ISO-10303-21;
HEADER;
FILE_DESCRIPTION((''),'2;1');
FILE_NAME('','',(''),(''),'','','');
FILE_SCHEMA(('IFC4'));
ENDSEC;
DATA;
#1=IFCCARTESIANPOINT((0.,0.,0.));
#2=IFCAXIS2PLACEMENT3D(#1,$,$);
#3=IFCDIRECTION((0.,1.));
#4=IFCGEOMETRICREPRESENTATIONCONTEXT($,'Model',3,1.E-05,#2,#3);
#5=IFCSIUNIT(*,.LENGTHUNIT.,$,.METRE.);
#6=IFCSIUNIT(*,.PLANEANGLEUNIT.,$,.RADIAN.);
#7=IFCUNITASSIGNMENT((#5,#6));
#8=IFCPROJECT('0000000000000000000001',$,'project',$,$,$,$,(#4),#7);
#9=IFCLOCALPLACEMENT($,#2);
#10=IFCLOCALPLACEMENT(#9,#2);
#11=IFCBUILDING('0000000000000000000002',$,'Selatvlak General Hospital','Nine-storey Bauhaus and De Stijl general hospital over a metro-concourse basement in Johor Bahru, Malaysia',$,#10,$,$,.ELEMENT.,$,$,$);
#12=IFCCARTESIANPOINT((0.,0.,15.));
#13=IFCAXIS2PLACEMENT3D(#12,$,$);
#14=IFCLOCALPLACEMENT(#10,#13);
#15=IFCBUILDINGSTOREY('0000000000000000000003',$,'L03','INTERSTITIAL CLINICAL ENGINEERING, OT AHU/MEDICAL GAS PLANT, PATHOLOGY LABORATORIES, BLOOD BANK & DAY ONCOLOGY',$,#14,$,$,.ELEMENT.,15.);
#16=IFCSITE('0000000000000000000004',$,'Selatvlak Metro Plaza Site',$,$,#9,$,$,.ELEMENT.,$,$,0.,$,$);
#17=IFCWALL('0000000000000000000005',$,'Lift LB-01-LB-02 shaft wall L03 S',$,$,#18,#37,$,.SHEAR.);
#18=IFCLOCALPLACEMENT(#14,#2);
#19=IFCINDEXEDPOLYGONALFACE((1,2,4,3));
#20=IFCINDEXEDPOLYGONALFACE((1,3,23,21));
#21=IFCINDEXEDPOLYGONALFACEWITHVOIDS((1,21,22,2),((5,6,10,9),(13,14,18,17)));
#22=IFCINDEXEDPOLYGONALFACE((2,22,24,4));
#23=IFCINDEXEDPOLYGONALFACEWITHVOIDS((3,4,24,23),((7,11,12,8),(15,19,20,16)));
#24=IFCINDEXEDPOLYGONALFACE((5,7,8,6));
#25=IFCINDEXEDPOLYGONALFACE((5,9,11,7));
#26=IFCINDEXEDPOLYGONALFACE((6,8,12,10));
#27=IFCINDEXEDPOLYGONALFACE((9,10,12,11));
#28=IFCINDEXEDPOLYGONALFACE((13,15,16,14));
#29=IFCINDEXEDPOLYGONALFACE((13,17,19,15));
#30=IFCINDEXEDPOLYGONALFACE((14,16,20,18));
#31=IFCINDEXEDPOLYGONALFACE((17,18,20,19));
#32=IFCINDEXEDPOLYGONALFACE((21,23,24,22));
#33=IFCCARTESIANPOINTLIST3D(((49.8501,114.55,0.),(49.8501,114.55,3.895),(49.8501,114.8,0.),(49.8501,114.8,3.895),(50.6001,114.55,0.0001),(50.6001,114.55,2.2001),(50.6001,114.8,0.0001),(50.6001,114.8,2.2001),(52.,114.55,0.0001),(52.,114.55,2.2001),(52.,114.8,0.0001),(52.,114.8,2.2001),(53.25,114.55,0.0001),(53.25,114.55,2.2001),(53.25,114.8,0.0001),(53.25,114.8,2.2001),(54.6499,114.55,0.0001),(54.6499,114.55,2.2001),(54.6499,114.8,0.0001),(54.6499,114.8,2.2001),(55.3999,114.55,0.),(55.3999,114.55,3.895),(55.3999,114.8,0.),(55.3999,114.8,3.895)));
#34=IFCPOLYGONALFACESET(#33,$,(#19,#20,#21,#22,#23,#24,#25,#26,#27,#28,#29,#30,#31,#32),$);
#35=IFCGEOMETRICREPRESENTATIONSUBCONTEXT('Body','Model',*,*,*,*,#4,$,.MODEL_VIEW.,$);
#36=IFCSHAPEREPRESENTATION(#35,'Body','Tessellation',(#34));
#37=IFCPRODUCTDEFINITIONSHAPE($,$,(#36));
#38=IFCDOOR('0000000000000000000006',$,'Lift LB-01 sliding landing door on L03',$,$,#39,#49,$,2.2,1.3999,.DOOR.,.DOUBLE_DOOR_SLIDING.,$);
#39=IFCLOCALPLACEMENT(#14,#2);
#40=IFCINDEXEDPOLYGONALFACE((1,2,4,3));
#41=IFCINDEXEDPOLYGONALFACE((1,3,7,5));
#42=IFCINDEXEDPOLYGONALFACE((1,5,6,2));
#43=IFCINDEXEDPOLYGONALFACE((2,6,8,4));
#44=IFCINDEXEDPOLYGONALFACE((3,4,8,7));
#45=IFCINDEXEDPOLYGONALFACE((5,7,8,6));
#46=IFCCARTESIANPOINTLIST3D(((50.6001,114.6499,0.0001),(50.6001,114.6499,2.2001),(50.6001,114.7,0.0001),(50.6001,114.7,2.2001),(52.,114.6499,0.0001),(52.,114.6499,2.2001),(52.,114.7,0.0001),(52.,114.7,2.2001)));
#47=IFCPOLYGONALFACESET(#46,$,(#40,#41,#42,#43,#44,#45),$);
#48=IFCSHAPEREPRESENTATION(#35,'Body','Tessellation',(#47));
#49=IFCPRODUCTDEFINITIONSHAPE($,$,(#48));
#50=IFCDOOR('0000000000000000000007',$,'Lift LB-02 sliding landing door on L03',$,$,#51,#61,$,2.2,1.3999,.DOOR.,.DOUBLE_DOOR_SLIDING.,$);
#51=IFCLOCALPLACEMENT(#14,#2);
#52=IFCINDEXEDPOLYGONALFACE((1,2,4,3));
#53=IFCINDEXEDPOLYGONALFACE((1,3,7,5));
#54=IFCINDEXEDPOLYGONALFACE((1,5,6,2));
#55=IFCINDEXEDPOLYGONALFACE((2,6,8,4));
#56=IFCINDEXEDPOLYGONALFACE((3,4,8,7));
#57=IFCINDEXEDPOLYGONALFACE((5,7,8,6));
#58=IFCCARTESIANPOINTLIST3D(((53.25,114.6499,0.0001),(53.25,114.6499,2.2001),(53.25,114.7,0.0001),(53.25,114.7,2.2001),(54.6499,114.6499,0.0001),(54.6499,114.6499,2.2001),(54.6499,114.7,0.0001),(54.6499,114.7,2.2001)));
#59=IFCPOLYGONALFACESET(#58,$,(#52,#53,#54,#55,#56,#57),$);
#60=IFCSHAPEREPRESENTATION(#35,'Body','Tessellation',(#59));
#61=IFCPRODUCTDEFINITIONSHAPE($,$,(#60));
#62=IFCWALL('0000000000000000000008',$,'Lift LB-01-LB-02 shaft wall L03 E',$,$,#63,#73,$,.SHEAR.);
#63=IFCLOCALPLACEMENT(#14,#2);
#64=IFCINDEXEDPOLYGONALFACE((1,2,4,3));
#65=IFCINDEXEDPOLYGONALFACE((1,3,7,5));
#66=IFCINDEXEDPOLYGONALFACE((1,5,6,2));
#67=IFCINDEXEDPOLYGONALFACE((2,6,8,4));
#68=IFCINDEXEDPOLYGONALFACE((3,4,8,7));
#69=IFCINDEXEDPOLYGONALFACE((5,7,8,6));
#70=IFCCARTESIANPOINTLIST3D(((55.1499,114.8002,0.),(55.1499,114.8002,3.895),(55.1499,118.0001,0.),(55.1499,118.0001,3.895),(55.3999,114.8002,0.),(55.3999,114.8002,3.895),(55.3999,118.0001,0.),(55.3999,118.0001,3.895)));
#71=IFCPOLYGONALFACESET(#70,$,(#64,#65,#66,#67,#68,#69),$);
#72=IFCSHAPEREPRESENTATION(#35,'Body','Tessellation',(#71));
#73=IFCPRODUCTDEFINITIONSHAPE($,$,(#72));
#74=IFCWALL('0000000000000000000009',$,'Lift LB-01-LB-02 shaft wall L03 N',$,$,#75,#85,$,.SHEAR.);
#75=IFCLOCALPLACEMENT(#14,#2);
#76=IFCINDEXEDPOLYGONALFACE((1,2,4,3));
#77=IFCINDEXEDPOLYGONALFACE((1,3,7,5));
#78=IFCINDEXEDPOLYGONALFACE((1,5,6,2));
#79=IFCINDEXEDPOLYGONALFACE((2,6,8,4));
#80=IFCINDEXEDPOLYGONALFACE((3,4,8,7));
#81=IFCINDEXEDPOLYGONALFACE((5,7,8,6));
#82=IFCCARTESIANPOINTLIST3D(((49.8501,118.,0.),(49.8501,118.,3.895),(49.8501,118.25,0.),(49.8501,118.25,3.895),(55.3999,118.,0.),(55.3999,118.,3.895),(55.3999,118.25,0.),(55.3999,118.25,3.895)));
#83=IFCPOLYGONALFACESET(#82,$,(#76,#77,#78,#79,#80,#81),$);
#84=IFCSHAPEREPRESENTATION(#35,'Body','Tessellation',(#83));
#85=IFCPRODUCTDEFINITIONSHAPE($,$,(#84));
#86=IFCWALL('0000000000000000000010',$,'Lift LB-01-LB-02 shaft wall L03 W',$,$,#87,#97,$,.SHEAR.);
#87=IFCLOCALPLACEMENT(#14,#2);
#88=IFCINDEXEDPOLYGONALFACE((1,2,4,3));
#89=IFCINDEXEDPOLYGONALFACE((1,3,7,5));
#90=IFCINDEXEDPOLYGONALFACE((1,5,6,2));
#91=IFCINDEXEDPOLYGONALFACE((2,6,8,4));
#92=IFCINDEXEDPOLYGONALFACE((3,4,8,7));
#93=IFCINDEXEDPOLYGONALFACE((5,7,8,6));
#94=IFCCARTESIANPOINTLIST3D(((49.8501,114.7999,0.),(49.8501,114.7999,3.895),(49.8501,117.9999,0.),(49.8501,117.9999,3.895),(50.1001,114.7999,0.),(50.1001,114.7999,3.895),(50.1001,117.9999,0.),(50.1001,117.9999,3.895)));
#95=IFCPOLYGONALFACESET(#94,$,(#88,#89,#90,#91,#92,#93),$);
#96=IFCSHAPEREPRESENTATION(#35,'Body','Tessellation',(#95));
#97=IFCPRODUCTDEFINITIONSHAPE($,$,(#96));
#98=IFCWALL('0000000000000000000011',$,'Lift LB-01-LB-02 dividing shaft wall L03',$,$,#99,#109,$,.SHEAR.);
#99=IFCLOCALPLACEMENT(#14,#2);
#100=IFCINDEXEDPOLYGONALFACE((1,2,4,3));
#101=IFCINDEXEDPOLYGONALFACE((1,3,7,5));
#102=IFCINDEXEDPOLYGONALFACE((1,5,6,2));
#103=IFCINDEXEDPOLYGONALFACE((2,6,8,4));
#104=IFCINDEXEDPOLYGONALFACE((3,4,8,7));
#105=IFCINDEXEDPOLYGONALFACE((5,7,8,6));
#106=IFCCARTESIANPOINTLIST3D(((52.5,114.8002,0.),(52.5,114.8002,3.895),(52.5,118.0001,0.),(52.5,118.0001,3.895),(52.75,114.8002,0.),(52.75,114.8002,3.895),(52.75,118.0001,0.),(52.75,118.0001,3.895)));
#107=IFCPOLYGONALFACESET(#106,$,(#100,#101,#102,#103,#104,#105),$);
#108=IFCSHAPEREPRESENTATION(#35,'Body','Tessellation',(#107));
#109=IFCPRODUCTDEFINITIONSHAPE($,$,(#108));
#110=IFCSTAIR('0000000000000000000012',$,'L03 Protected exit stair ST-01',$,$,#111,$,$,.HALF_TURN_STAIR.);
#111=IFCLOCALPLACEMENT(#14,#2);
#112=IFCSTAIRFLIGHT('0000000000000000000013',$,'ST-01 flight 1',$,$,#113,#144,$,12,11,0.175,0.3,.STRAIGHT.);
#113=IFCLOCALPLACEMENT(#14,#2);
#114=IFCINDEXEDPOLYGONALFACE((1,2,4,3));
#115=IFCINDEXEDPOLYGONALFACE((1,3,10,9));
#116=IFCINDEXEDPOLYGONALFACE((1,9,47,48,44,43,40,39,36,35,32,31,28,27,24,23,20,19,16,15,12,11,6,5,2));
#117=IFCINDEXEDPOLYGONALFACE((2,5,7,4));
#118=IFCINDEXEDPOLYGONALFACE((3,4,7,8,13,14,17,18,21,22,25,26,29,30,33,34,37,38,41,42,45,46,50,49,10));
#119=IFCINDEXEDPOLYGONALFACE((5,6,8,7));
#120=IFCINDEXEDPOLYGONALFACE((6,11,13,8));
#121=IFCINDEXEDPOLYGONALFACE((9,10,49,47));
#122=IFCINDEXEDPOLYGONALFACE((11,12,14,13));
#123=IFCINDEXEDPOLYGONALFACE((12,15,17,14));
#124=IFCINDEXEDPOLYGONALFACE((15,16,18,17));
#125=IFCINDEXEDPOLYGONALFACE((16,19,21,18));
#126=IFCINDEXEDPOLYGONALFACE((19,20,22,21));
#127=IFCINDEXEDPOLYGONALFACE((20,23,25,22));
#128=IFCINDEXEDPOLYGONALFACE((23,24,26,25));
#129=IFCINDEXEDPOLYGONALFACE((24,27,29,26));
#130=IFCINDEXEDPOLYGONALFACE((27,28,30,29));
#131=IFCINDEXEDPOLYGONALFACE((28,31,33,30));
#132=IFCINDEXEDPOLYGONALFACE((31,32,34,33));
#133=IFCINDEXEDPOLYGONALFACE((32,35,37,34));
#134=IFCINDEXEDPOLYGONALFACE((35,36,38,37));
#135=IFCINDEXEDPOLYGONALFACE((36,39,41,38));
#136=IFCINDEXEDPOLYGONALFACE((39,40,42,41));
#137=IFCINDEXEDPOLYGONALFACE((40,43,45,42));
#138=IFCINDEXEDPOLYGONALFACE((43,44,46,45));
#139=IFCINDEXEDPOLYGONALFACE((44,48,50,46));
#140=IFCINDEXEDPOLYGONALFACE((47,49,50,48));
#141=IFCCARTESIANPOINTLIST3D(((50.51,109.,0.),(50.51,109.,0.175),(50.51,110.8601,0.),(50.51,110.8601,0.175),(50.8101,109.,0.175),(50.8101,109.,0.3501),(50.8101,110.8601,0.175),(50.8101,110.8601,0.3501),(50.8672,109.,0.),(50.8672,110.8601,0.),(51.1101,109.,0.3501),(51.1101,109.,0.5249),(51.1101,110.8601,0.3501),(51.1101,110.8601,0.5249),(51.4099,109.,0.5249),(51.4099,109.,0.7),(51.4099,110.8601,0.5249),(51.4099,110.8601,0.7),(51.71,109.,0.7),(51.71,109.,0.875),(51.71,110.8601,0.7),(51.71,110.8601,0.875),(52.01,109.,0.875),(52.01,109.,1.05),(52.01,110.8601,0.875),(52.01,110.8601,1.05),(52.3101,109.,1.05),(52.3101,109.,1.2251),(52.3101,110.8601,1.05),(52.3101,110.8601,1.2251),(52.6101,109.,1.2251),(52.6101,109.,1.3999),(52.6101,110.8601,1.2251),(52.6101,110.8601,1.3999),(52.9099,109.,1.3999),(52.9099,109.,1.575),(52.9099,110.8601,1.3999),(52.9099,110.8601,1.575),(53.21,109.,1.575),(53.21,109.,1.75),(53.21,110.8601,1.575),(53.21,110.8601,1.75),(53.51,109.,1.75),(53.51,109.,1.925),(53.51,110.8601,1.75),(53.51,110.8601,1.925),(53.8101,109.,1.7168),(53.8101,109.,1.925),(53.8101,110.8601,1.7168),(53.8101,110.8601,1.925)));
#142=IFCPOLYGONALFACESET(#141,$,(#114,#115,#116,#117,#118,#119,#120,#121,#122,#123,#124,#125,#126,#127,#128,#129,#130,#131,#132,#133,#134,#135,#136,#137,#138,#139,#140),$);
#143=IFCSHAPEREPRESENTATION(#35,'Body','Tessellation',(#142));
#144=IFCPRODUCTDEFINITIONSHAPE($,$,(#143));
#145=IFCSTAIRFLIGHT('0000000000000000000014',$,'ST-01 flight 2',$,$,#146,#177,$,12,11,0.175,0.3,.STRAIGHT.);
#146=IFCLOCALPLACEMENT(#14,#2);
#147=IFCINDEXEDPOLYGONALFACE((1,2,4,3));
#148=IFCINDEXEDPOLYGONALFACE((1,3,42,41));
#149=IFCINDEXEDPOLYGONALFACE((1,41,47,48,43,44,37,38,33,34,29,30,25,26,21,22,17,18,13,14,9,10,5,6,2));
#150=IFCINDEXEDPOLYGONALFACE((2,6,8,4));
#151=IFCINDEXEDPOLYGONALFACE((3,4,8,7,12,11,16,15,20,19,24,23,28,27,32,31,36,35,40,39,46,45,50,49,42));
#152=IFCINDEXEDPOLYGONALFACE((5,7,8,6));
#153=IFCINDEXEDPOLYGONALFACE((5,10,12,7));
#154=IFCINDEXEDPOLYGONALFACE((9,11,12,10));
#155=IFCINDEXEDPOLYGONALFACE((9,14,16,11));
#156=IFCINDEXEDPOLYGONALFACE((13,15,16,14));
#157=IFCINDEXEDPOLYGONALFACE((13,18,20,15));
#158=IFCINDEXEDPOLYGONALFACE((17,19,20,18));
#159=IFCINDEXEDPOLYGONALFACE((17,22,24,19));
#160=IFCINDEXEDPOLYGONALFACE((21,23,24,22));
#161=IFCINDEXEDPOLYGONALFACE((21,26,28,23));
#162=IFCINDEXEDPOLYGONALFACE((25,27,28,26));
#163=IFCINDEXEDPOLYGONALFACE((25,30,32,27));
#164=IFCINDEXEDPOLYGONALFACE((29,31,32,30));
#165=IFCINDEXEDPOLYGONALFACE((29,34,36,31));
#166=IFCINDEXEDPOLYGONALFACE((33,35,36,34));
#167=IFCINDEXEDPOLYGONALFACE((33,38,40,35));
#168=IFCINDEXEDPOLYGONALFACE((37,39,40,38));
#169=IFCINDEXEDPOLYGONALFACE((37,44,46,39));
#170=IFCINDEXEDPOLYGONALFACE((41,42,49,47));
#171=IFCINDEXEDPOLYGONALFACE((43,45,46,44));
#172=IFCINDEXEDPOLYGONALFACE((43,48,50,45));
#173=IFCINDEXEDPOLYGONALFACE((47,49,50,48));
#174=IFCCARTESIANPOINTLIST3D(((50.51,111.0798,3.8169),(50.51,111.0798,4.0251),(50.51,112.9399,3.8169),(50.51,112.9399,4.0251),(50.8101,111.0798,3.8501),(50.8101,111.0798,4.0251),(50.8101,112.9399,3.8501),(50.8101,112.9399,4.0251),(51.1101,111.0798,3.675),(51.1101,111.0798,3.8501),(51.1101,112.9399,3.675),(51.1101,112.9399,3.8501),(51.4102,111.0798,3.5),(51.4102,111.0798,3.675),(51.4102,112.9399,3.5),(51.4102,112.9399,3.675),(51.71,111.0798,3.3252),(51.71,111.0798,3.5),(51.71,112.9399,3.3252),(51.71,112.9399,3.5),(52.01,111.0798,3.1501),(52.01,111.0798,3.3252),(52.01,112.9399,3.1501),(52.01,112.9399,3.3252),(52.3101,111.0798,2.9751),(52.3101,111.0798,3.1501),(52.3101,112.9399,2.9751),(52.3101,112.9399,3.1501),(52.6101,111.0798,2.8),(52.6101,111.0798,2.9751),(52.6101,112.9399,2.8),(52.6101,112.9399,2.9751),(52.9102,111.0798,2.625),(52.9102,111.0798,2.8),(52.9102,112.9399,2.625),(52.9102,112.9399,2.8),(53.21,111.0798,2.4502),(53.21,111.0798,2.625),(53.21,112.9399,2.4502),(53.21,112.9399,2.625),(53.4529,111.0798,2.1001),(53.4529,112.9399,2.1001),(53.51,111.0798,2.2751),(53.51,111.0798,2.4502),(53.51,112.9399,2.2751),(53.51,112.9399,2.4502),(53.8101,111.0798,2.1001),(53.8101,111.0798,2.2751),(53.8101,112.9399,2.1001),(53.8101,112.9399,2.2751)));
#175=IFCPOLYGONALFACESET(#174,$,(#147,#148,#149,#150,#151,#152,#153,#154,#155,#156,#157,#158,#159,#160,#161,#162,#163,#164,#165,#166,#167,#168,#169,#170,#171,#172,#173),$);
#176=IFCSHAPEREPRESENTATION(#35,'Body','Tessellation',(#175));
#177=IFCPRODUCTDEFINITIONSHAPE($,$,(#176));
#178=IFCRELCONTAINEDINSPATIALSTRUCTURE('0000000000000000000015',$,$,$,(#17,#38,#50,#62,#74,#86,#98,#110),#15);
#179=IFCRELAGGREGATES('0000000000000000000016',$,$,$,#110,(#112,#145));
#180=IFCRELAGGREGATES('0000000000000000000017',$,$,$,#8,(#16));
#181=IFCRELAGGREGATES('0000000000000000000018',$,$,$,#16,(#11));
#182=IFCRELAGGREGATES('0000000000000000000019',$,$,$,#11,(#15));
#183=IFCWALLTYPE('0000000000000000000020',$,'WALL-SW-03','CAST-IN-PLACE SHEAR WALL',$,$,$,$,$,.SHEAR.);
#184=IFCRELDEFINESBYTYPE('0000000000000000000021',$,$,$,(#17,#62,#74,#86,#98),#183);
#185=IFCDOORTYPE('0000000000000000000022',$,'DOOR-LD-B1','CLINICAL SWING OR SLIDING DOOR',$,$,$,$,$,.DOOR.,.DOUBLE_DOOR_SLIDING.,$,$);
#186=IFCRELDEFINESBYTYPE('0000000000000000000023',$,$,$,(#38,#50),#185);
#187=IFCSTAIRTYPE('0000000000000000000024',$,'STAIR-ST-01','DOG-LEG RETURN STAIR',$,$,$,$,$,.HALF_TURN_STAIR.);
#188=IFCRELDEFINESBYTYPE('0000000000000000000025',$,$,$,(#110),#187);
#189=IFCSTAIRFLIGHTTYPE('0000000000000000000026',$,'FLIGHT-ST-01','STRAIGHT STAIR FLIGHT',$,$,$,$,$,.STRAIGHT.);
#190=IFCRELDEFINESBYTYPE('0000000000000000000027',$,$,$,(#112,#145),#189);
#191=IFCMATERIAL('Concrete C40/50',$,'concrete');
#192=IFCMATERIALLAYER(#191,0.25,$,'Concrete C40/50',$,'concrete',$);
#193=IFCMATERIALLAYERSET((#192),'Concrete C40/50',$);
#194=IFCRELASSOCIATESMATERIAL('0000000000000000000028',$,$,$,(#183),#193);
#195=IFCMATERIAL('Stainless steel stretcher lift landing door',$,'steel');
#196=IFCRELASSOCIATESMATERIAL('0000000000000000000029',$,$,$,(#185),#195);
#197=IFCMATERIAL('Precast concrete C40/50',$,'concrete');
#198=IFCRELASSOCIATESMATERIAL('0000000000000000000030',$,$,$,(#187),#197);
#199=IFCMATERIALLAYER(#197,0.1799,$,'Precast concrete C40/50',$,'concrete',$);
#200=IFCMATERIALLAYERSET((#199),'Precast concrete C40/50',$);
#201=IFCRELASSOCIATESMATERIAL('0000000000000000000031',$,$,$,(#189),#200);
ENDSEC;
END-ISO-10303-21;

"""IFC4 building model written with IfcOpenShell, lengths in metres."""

from ifc_helpers import new_model, si_unit, direction, frame, frame_2d, origin, place, context, subcontext, project, spatial, polyline, rectangle, outline, extrude, material, layer, layer_set, type_object, element, fill, aggregate, save


model = new_model("IFC4")

# Units and contexts
model_context = context("Model", 3, precision=1e-05, world=origin(), true_north=direction((0.0, 1.0)))
body_context = subcontext(model_context, "Body", "Model", "MODEL_VIEW")
ifc_project = project(units=[si_unit("LENGTHUNIT", "METRE"), si_unit("PLANEANGLEUNIT", "RADIAN")], contexts=[model_context])

# Site, building, storey
site_placement = place(None, origin())
site = spatial("IfcSite", under=ifc_project, at=site_placement, Name="Selatvlak Metro Plaza Site", CompositionType="ELEMENT", RefElevation=0.0)
building_placement = place(site_placement, origin())
building = spatial("IfcBuilding", under=site, at=building_placement, Name="Selatvlak General Hospital", Description="Nine-storey Bauhaus and De Stijl general hospital over a metro-concourse basement in Johor Bahru, Malaysia", CompositionType="ELEMENT")
storey_placement = place(building_placement, frame((0.0, 0.0, 15.0)))
storey = spatial("IfcBuildingStorey", under=building, at=storey_placement, Name="L03", Description="INTERSTITIAL CLINICAL ENGINEERING, OT AHU/MEDICAL GAS PLANT, PATHOLOGY LABORATORIES, BLOOD BANK & DAY ONCOLOGY", CompositionType="ELEMENT", Elevation=15.0)

# Shared definitions
ifc_material_1 = material(Name="Concrete C40/50", Category="concrete")

# Shared definitions
ifc_layer_1 = layer(ifc_material_1, 0.25, Name="Concrete C40/50", Category="concrete")
ifc_layer_set_1 = layer_set([ifc_layer_1], Name="Concrete C40/50")
wall_type_1 = type_object("IfcWallType", Name="WALL-SW-03", Description="CAST-IN-PLACE SHEAR WALL", PredefinedType="SHEAR", material=ifc_layer_set_1)

# Wall, openings, doors
wall_1_placement = place(storey_placement, frame((49.8501, 114.675, 0.0), z_axis=(0.0, 0.0, 1.0), x_axis=(1.0, 0.0, 0.0)))
wall_1 = element("IfcWall", 1, at=wall_1_placement, inside=storey, type_object=wall_type_1, Name="Lift LB-01-LB-02 shaft wall L03 S", PredefinedType="SHEAR", context=body_context, shape_type="SweptSolid", body=[
    extrude(rectangle(XDim=5.5498, YDim=0.25, at=frame_2d((2.7749, 0.0))), origin(), (0.0, 0.0, 1.0), 3.895),
])
opening_1_placement = place(wall_1_placement, frame((0.75, 0.0, 0.0)))
opening_1 = element("IfcOpeningElement", 2, at=opening_1_placement, cuts=wall_1, PredefinedType="OPENING", context=body_context, shape_type="SweptSolid", body=[
    extrude(rectangle(XDim=1.3999, YDim=2.2, at=frame_2d((0.7, 1.1001))), frame((0.0, 0.135, 0.0), z_axis=(0.0, -1.0, 0.0), x_axis=(1.0, 0.0, 0.0)), (0.0, 0.0, 1.0), 0.27),
])
opening_2_placement = place(wall_1_placement, frame((3.3999, 0.0, 0.0)))
opening_2 = element("IfcOpeningElement", 3, at=opening_2_placement, cuts=wall_1, PredefinedType="OPENING", context=body_context, shape_type="SweptSolid", body=[
    extrude(rectangle(XDim=1.3999, YDim=2.2, at=frame_2d((0.7, 1.1001))), frame((0.0, 0.135, 0.0), z_axis=(0.0, -1.0, 0.0), x_axis=(1.0, 0.0, 0.0)), (0.0, 0.0, 1.0), 0.27),
])
ifc_material_2 = material(Name="Stainless steel stretcher lift landing door", Category="steel")
door_type_1 = type_object("IfcDoorType", Name="DOOR-LD-B1", Description="CLINICAL SWING OR SLIDING DOOR", OperationType="DOUBLE_DOOR_SLIDING", PredefinedType="DOOR", material=ifc_material_2)
door_1_placement = place(opening_1_placement, origin())
door_1 = element("IfcDoor", 4, at=door_1_placement, inside=storey, type_object=door_type_1, Name="Lift LB-01 sliding landing door on L03", OperationType="DOUBLE_DOOR_SLIDING", OverallHeight=2.2, OverallWidth=1.3999, PredefinedType="DOOR", context=body_context, shape_type="SweptSolid", body=[
    extrude(rectangle(XDim=1.3999, YDim=2.2, at=frame_2d((0.7, 1.1001))), frame((0.0, 0.0249, 0.0), z_axis=(0.0, -1.0, 0.0), x_axis=(1.0, 0.0, 0.0)), (0.0, 0.0, 1.0), 0.05),
])
fill(opening_1, door_1)
door_2_placement = place(opening_2_placement, origin())
door_2 = element("IfcDoor", 5, at=door_2_placement, inside=storey, type_object=door_type_1, Name="Lift LB-02 sliding landing door on L03", OperationType="DOUBLE_DOOR_SLIDING", OverallHeight=2.2, OverallWidth=1.3999, PredefinedType="DOOR", context=body_context, shape_type="SweptSolid", body=[
    extrude(rectangle(XDim=1.3999, YDim=2.2, at=frame_2d((0.7, 1.1001))), frame((0.0, 0.0249, 0.0), z_axis=(0.0, -1.0, 0.0), x_axis=(1.0, 0.0, 0.0)), (0.0, 0.0, 1.0), 0.05),
])
fill(opening_2, door_2)

# Walls
wall_2_placement = place(storey_placement, frame((55.2749, 114.8, 0.0), z_axis=(0.0, 0.0, 1.0), x_axis=(0.0, 1.0, 0.0)))
element("IfcWall", 6, at=wall_2_placement, inside=storey, type_object=wall_type_1, Name="Lift LB-01-LB-02 shaft wall L03 E", PredefinedType="SHEAR", context=body_context, shape_type="SweptSolid", body=[
    extrude(rectangle(XDim=3.2, YDim=0.25, at=frame_2d((1.6001, 0.0))), origin(), (0.0, 0.0, 1.0), 3.895),
])
wall_3_placement = place(storey_placement, frame((55.3999, 118.125, 0.0), z_axis=(0.0, 0.0, 1.0), x_axis=(-1.0, 0.0, 0.0)))
element("IfcWall", 7, at=wall_3_placement, inside=storey, type_object=wall_type_1, Name="Lift LB-01-LB-02 shaft wall L03 N", PredefinedType="SHEAR", context=body_context, shape_type="SweptSolid", body=[
    extrude(rectangle(XDim=5.5498, YDim=0.25, at=frame_2d((2.7749, 0.0))), origin(), (0.0, 0.0, 1.0), 3.895),
])
for number, where, z_axis, x_axis, name in (
    (8, (49.9751, 118.0, 0.0), (0.0, 0.0, 1.0), (0.0, -1.0, 0.0), "Lift LB-01-LB-02 shaft wall L03 W"),
    (9, (52.625, 114.8, 0.0), (0.0, 0.0, 1.0), (0.0, 1.0, 0.0), "Lift LB-01-LB-02 dividing shaft wall L03"),
):
    element("IfcWall", number, at=place(storey_placement, frame(where, z_axis=z_axis, x_axis=x_axis)), inside=storey, type_object=wall_type_1, Name=name, PredefinedType="SHEAR", context=body_context, shape_type="SweptSolid", body=[
        extrude(rectangle(XDim=3.2, YDim=0.25, at=frame_2d((1.6001, 0.0))), origin(), (0.0, 0.0, 1.0), 3.895),
    ])

# Stair, stair flights
ifc_material_3 = material(Name="Precast concrete C40/50", Category="concrete")
stair_type = type_object("IfcStairType", Name="STAIR-ST-01", Description="DOG-LEG RETURN STAIR", PredefinedType="HALF_TURN_STAIR", material=ifc_material_3)
stair_placement = place(storey_placement, origin())
stair = element("IfcStair", 10, at=stair_placement, inside=storey, type_object=stair_type, Name="L03 Protected exit stair ST-01", PredefinedType="HALF_TURN_STAIR")
ifc_layer_2 = layer(ifc_material_3, 0.1799, Name="Precast concrete C40/50", Category="concrete")
ifc_layer_set_2 = layer_set([ifc_layer_2], Name="Precast concrete C40/50")
stair_flight_type = type_object("IfcStairFlightType", Name="FLIGHT-ST-01", Description="STRAIGHT STAIR FLIGHT", PredefinedType="STRAIGHT", material=ifc_layer_set_2)
stair_flight_1_placement = place(storey_placement, frame((50.51, 109.9299, 0.0), z_axis=(0.0, 0.0, 1.0), x_axis=(1.0, 0.0, 0.0)))
stair_flight_1 = element("IfcStairFlight", 11, at=stair_flight_1_placement, type_object=stair_flight_type, Name="ST-01 flight 1", NumberOfRisers=12, NumberOfTreads=11, PredefinedType="STRAIGHT", RiserHeight=0.175, TreadLength=0.3, context=body_context, shape_type="SweptSolid", body=[
    extrude(outline(polyline([(0.0, 0.0), (0.0, 0.175), (0.3, 0.175), (0.3, 0.3501), (0.6001, 0.3501), (0.6001, 0.5249), (0.8999, 0.5249), (0.8999, 0.7), (1.2, 0.7), (1.2, 0.875), (1.5, 0.875), (1.5, 1.05), (1.8, 1.05), (1.8, 1.2251), (2.1001, 1.2251), (2.1001, 1.3999), (2.3999, 1.3999), (2.3999, 1.575), (2.7, 1.575), (2.7, 1.75), (3.0, 1.75), (3.0, 1.925), (3.3, 1.925), (3.3, 2.1001), (3.3, 1.7168), (0.3572, 0.0), (0.0, 0.0)])), frame((0.0, 0.9302, 0.0), z_axis=(0.0, -1.0, 0.0), x_axis=(1.0, 0.0, 0.0)), (0.0, 0.0, 1.0), 1.8601),
])
stair_flight_2_placement = place(storey_placement, frame((53.8101, 112.01, 2.1001), z_axis=(0.0, 0.0, 1.0), x_axis=(-1.0, 0.0, 0.0)))
stair_flight_2 = element("IfcStairFlight", 12, at=stair_flight_2_placement, type_object=stair_flight_type, Name="ST-01 flight 2", NumberOfRisers=12, NumberOfTreads=11, PredefinedType="STRAIGHT", RiserHeight=0.175, TreadLength=0.3, context=body_context, shape_type="SweptSolid", body=[
    extrude(outline(polyline([(0.0, 0.0), (0.0, 0.175), (0.3, 0.175), (0.3, 0.3501), (0.6001, 0.3501), (0.6001, 0.5249), (0.8999, 0.5249), (0.8999, 0.7), (1.2, 0.7), (1.2, 0.875), (1.5, 0.875), (1.5, 1.05), (1.8, 1.05), (1.8, 1.2251), (2.1001, 1.2251), (2.1001, 1.3999), (2.3999, 1.3999), (2.3999, 1.575), (2.7, 1.575), (2.7, 1.75), (3.0, 1.75), (3.0, 1.925), (3.3, 1.925), (3.3, 2.1001), (3.3, 1.7168), (0.3572, 0.0), (0.0, 0.0)])), frame((0.0, 0.9302, 0.0), z_axis=(0.0, -1.0, 0.0), x_axis=(1.0, 0.0, 0.0)), (0.0, 0.0, 1.0), 1.8601),
])
aggregate(stair, [stair_flight_1, stair_flight_2])

save(model, "model.ifc")
